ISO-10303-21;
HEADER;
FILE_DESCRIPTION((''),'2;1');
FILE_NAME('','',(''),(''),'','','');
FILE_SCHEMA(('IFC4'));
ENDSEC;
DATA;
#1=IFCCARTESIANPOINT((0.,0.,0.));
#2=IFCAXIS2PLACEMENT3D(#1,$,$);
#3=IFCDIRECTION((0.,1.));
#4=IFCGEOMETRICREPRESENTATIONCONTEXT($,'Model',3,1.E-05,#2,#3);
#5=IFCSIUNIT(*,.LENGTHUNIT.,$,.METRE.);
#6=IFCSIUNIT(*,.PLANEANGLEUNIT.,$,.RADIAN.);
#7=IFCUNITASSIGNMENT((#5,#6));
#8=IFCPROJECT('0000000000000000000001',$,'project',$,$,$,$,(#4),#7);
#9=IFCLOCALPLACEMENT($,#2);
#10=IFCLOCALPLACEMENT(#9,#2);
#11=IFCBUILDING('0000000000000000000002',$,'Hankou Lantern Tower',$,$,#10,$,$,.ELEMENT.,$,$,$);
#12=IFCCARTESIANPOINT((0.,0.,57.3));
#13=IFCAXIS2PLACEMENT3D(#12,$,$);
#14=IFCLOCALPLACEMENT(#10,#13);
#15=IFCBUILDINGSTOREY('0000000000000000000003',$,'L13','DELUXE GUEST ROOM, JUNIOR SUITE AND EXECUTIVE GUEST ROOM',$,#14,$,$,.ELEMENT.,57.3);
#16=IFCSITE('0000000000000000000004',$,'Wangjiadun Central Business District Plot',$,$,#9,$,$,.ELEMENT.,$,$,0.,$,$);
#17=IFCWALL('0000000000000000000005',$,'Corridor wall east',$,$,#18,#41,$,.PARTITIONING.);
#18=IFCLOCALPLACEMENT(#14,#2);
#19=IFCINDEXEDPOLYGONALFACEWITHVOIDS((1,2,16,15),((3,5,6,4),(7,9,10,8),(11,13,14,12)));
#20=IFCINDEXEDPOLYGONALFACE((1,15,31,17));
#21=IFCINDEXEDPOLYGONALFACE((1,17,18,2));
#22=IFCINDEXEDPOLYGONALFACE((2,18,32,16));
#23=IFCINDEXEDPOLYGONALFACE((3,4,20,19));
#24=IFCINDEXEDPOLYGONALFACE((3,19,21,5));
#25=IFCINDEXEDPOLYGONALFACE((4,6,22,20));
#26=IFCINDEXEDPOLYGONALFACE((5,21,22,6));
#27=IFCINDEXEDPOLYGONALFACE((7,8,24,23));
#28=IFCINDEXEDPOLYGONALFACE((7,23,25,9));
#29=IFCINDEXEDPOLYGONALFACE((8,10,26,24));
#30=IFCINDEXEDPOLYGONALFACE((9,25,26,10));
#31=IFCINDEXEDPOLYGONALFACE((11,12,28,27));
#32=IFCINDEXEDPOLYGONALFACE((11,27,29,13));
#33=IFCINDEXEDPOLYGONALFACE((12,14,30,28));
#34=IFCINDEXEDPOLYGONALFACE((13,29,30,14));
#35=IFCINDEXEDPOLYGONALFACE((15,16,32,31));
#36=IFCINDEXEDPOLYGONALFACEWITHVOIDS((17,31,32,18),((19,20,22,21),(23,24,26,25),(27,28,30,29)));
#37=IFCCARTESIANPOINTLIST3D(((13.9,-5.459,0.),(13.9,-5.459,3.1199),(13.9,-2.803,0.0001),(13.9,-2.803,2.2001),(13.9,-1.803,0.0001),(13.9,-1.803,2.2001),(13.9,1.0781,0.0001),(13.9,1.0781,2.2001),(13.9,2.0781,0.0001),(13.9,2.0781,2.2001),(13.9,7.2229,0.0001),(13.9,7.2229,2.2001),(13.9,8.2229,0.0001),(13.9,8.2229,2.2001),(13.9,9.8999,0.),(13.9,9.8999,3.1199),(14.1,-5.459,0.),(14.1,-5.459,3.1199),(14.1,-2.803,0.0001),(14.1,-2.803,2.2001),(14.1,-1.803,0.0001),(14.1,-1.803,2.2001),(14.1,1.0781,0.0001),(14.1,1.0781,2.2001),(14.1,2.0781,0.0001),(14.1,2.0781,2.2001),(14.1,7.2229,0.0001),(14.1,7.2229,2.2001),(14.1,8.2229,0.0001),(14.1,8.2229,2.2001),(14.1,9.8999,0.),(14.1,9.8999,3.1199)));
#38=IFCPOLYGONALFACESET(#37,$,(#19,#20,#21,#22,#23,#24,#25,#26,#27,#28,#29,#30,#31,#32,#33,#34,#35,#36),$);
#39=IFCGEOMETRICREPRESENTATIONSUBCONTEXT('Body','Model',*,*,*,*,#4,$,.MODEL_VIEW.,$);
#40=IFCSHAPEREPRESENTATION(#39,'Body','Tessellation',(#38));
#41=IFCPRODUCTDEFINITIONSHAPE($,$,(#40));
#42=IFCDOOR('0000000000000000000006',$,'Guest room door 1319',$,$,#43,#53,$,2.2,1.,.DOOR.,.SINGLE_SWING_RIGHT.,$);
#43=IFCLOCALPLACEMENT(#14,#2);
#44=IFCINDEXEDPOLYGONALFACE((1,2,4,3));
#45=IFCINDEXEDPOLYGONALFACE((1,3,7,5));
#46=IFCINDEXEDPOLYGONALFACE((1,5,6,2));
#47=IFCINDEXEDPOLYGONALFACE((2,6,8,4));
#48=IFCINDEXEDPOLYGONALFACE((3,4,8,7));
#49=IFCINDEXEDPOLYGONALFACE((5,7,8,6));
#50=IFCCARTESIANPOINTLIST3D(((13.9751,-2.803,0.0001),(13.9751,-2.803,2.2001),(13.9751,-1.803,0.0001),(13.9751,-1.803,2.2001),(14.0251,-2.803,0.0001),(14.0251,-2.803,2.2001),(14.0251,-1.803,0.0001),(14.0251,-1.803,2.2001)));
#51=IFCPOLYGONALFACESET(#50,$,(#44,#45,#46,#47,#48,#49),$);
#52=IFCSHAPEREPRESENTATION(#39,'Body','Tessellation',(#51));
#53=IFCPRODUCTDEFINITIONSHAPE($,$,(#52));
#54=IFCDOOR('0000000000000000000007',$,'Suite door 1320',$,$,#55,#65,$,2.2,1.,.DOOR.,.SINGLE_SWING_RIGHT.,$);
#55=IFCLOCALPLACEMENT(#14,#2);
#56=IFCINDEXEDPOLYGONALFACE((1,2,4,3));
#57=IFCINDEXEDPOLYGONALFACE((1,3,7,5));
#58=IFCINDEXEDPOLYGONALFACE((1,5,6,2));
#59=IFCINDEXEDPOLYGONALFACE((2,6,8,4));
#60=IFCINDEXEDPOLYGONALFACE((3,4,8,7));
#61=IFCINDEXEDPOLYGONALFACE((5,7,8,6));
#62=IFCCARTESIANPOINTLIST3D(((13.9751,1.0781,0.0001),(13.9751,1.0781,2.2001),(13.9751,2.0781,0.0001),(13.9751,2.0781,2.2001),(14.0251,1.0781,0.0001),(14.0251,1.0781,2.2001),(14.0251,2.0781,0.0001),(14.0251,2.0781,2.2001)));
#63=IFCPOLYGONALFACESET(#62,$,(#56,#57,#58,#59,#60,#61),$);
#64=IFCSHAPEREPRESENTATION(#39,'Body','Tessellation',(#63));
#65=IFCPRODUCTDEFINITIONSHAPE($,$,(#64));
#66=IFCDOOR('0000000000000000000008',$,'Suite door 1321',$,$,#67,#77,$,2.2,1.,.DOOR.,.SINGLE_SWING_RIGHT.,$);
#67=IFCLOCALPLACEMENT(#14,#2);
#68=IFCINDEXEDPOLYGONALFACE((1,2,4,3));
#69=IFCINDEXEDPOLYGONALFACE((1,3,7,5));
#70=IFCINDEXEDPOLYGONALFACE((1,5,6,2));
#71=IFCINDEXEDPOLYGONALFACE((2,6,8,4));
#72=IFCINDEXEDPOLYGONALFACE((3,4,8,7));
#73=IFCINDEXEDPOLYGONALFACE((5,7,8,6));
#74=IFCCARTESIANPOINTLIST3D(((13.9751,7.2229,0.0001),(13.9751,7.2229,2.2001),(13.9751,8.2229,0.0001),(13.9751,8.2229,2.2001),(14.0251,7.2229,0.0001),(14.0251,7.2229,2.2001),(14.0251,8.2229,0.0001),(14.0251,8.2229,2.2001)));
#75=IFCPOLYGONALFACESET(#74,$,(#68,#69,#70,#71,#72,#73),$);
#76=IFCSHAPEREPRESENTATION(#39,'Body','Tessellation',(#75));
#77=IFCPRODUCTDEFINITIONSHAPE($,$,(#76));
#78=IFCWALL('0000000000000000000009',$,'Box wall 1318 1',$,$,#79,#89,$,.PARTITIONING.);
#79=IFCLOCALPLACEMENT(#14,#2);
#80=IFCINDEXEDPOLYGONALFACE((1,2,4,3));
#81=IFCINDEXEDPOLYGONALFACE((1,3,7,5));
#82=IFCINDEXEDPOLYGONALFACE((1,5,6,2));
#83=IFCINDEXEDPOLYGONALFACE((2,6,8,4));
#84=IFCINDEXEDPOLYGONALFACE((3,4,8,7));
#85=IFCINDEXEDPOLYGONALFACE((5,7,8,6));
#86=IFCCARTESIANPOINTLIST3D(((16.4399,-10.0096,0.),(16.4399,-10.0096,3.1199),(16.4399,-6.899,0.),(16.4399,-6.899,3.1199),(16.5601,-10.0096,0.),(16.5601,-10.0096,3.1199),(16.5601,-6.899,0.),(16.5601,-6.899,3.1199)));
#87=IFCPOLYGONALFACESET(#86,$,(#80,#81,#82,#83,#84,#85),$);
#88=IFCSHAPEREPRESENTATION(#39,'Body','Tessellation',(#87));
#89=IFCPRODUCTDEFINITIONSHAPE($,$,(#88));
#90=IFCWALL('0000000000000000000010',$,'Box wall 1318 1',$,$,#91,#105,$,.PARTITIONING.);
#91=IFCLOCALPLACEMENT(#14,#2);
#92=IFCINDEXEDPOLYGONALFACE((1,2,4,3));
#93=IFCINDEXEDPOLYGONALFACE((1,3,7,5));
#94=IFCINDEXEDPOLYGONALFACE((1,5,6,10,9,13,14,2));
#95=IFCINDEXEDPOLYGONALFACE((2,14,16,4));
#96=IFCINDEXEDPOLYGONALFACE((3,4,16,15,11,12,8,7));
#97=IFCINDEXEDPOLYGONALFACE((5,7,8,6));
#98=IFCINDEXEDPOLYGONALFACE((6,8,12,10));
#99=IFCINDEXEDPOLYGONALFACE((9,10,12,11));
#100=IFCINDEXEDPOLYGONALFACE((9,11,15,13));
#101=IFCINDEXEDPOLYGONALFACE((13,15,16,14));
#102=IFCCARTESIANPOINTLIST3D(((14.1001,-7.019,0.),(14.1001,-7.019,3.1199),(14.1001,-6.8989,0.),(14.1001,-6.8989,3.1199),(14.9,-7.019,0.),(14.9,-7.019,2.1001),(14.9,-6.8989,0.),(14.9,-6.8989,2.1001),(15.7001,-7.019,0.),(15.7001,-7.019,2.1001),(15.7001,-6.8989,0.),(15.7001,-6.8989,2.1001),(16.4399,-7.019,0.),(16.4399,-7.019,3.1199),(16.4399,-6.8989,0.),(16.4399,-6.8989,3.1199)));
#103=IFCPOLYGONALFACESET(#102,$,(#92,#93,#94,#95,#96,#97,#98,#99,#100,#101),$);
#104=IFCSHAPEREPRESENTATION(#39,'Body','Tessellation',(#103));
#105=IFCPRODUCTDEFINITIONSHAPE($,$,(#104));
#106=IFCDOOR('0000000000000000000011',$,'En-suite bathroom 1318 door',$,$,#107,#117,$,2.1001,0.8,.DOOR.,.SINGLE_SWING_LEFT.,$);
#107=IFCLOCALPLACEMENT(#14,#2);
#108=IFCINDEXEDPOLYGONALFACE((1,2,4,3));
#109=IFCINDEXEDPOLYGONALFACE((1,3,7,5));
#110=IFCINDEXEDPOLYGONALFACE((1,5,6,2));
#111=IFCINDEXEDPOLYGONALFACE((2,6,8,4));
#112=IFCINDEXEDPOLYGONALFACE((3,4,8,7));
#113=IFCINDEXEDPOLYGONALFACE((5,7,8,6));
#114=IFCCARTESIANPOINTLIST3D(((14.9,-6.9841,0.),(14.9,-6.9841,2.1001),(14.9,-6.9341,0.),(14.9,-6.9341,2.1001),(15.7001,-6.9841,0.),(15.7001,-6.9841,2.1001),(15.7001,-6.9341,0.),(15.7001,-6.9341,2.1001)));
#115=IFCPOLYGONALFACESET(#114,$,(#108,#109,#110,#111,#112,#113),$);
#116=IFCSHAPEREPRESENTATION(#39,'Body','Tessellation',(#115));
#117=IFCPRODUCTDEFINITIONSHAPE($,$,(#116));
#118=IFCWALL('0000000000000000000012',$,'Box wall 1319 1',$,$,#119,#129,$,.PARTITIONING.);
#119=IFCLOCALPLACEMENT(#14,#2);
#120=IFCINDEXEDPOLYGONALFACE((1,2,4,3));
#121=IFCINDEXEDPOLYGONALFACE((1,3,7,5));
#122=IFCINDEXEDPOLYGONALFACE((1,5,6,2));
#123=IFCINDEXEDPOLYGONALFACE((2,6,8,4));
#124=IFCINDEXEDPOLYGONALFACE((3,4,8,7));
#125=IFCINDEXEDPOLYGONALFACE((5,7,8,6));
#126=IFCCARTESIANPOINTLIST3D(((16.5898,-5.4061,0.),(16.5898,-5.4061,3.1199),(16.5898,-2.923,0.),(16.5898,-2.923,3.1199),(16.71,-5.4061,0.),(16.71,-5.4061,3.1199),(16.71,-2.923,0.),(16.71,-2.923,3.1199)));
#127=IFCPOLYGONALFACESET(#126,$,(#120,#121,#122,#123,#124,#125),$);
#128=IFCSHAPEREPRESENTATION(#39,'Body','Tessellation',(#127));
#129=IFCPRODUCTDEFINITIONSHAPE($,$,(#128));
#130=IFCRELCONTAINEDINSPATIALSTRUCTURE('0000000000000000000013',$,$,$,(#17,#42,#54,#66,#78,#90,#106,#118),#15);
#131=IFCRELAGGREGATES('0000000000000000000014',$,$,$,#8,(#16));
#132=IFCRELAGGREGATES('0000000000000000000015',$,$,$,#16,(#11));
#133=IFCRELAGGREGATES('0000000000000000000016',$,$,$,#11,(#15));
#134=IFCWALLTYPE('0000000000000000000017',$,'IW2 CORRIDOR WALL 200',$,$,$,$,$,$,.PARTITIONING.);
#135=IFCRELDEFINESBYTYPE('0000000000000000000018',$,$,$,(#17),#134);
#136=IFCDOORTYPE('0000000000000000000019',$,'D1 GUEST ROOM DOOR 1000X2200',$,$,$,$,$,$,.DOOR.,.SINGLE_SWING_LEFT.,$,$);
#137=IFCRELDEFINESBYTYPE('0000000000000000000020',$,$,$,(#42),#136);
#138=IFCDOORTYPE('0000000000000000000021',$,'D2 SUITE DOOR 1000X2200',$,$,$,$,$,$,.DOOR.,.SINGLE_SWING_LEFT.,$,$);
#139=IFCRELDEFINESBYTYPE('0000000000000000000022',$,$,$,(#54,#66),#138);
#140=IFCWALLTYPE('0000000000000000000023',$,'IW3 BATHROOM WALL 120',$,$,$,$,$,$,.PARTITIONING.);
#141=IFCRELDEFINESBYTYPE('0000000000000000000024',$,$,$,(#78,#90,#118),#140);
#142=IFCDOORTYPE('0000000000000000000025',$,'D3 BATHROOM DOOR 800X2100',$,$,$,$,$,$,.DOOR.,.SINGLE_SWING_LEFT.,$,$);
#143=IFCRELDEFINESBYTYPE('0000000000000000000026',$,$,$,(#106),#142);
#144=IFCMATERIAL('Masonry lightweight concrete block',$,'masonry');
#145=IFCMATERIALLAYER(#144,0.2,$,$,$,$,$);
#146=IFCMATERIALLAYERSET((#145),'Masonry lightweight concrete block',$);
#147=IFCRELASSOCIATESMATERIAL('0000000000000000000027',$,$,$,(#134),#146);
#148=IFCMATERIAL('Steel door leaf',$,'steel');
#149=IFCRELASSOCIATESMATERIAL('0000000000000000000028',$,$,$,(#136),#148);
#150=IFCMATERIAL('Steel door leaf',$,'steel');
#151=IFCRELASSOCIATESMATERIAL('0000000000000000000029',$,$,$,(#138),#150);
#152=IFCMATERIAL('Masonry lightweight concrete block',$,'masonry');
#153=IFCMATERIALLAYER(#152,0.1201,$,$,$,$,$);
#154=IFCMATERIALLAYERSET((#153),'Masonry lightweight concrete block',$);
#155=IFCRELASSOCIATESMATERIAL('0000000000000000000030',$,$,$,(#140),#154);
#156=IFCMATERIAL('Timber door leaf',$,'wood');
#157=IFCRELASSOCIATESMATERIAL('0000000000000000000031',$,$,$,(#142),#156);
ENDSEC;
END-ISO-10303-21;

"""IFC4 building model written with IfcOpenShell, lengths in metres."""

from ifc_helpers import new_model, si_unit, direction, frame, frame_2d, origin, place, context, subcontext, project, spatial, rectangle, extrude, material, layer, layer_set, type_object, element, fill, save


model = new_model("IFC4")

# Units and contexts
model_context = context("Model", 3, precision=1e-05, world=origin(), true_north=direction((0.0, 1.0)))
body_context = subcontext(model_context, "Body", "Model", "MODEL_VIEW")
ifc_project = project(units=[si_unit("LENGTHUNIT", "METRE"), si_unit("PLANEANGLEUNIT", "RADIAN")], contexts=[model_context])

# Site, building, storey
site_placement = place(None, origin())
site = spatial("IfcSite", under=ifc_project, at=site_placement, Name="Wangjiadun Central Business District Plot", CompositionType="ELEMENT", RefElevation=0.0)
building_placement = place(site_placement, origin())
building = spatial("IfcBuilding", under=site, at=building_placement, Name="Hankou Lantern Tower", CompositionType="ELEMENT")
storey_placement = place(building_placement, frame((0.0, 0.0, 57.3)))
storey = spatial("IfcBuildingStorey", under=building, at=storey_placement, Name="L13", Description="DELUXE GUEST ROOM, JUNIOR SUITE AND EXECUTIVE GUEST ROOM", CompositionType="ELEMENT", Elevation=57.3)

# Shared definitions
ifc_material_1 = material(Name="Masonry lightweight concrete block", Category="masonry")
ifc_layer_1 = layer(ifc_material_1, 0.2)
ifc_layer_set_1 = layer_set([ifc_layer_1], Name="Masonry lightweight concrete block")
wall_type_1 = type_object("IfcWallType", Name="IW2 CORRIDOR WALL 200", PredefinedType="PARTITIONING", material=ifc_layer_set_1)
ifc_material_2 = material(Name="Steel door leaf", Category="steel")
door_type_1 = type_object("IfcDoorType", Name="D1 GUEST ROOM DOOR 1000X2200", OperationType="SINGLE_SWING_LEFT", PredefinedType="DOOR", material=ifc_material_2)

# Wall, openings, doors
wall_1_placement = place(storey_placement, frame((14.0, -5.459, 0.0), z_axis=(0.0, 0.0, 1.0), x_axis=(0.0, 1.0, 0.0)))
wall_1 = element("IfcWall", 1, at=wall_1_placement, inside=storey, type_object=wall_type_1, Name="Corridor wall east", PredefinedType="PARTITIONING", context=body_context, shape_type="SweptSolid", body=[
    extrude(rectangle(XDim=15.3589, YDim=0.2, at=frame_2d((7.6794, 0.0))), origin(), (0.0, 0.0, 1.0), 3.1199),
])
opening_1_placement = place(wall_1_placement, frame((2.656, 0.0, 0.0)))
opening_1 = element("IfcOpeningElement", 2, at=opening_1_placement, cuts=wall_1, PredefinedType="OPENING", context=body_context, shape_type="SweptSolid", body=[
    extrude(rectangle(XDim=1.0, YDim=2.2, at=frame_2d((0.5, 1.1001))), frame((0.0, 0.1099, 0.0), z_axis=(0.0, -1.0, 0.0), x_axis=(1.0, 0.0, 0.0)), (0.0, 0.0, 1.0), 0.22),
])
opening_2_placement = place(wall_1_placement, frame((6.5371, 0.0, 0.0)))
opening_2 = element("IfcOpeningElement", 3, at=opening_2_placement, cuts=wall_1, PredefinedType="OPENING", context=body_context, shape_type="SweptSolid", body=[
    extrude(rectangle(XDim=1.0, YDim=2.2, at=frame_2d((0.5, 1.1001))), frame((0.0, 0.1099, 0.0), z_axis=(0.0, -1.0, 0.0), x_axis=(1.0, 0.0, 0.0)), (0.0, 0.0, 1.0), 0.22),
])
opening_3_placement = place(wall_1_placement, frame((12.6819, 0.0, 0.0)))
opening_3 = element("IfcOpeningElement", 4, at=opening_3_placement, cuts=wall_1, PredefinedType="OPENING", context=body_context, shape_type="SweptSolid", body=[
    extrude(rectangle(XDim=1.0, YDim=2.2, at=frame_2d((0.5, 1.1001))), frame((0.0, 0.1099, 0.0), z_axis=(0.0, -1.0, 0.0), x_axis=(1.0, 0.0, 0.0)), (0.0, 0.0, 1.0), 0.22),
])
door_1_placement = place(opening_1_placement, origin())
door_1 = element("IfcDoor", 5, at=door_1_placement, inside=storey, type_object=door_type_1, Name="Guest room door 1319", OperationType="SINGLE_SWING_RIGHT", OverallHeight=2.2, OverallWidth=1.0, PredefinedType="DOOR", context=body_context, shape_type="SweptSolid", body=[
    extrude(rectangle(XDim=1.0, YDim=2.2, at=frame_2d((0.5, 1.1001))), frame((0.0, 0.0249, 0.0), z_axis=(0.0, -1.0, 0.0), x_axis=(1.0, 0.0, 0.0)), (0.0, 0.0, 1.0), 0.05),
])
fill(opening_1, door_1)
ifc_material_3 = material(Name="Steel door leaf", Category="steel")
door_type_2 = type_object("IfcDoorType", Name="D2 SUITE DOOR 1000X2200", OperationType="SINGLE_SWING_LEFT", PredefinedType="DOOR", material=ifc_material_3)
door_2_placement = place(opening_2_placement, origin())
door_2 = element("IfcDoor", 6, at=door_2_placement, inside=storey, type_object=door_type_2, Name="Suite door 1320", OperationType="SINGLE_SWING_RIGHT", OverallHeight=2.2, OverallWidth=1.0, PredefinedType="DOOR", context=body_context, shape_type="SweptSolid", body=[
    extrude(rectangle(XDim=1.0, YDim=2.2, at=frame_2d((0.5, 1.1001))), frame((0.0, 0.0249, 0.0), z_axis=(0.0, -1.0, 0.0), x_axis=(1.0, 0.0, 0.0)), (0.0, 0.0, 1.0), 0.05),
])
fill(opening_2, door_2)
door_3_placement = place(opening_3_placement, origin())
door_3 = element("IfcDoor", 7, at=door_3_placement, inside=storey, type_object=door_type_2, Name="Suite door 1321", OperationType="SINGLE_SWING_RIGHT", OverallHeight=2.2, OverallWidth=1.0, PredefinedType="DOOR", context=body_context, shape_type="SweptSolid", body=[
    extrude(rectangle(XDim=1.0, YDim=2.2, at=frame_2d((0.5, 1.1001))), frame((0.0, 0.0249, 0.0), z_axis=(0.0, -1.0, 0.0), x_axis=(1.0, 0.0, 0.0)), (0.0, 0.0, 1.0), 0.05),
])
fill(opening_3, door_3)

# Wall
ifc_material_4 = material(Name="Masonry lightweight concrete block", Category="masonry")
ifc_layer_2 = layer(ifc_material_4, 0.1201)
ifc_layer_set_2 = layer_set([ifc_layer_2], Name="Masonry lightweight concrete block")
wall_type_2 = type_object("IfcWallType", Name="IW3 BATHROOM WALL 120", PredefinedType="PARTITIONING", material=ifc_layer_set_2)
wall_2_placement = place(storey_placement, frame((16.5, -10.0095, 0.0), z_axis=(0.0, 0.0, 1.0), x_axis=(0.0, 1.0, 0.0)))
element("IfcWall", 8, at=wall_2_placement, inside=storey, type_object=wall_type_2, Name="Box wall 1318 1", PredefinedType="PARTITIONING", context=body_context, shape_type="SweptSolid", body=[
    extrude(rectangle(XDim=3.1106, YDim=0.1201, at=frame_2d((1.5552, 0.0))), origin(), (0.0, 0.0, 1.0), 3.1199),
])

# Wall, opening, door
wall_3_placement = place(storey_placement, frame((14.1001, -6.959, 0.0), z_axis=(0.0, 0.0, 1.0), x_axis=(1.0, 0.0, 0.0)))
wall_3 = element("IfcWall", 9, at=wall_3_placement, inside=storey, type_object=wall_type_2, Name="Box wall 1318 1", PredefinedType="PARTITIONING", context=body_context, shape_type="SweptSolid", body=[
    extrude(rectangle(XDim=2.3398, YDim=0.1201, at=frame_2d((1.1699, 0.0))), origin(), (0.0, 0.0, 1.0), 3.1199),
])
opening_4_placement = place(wall_3_placement, frame((0.8, 0.0, 0.0)))
opening_4 = element("IfcOpeningElement", 10, at=opening_4_placement, cuts=wall_3, PredefinedType="OPENING", context=body_context, shape_type="SweptSolid", body=[
    extrude(rectangle(XDim=0.8, YDim=2.1001, at=frame_2d((0.3999, 1.05))), frame((0.0, 0.0701, 0.0), z_axis=(0.0, -1.0, 0.0), x_axis=(1.0, 0.0, 0.0)), (0.0, 0.0, 1.0), 0.1401),
])
ifc_material_5 = material(Name="Timber door leaf", Category="wood")
door_type_3 = type_object("IfcDoorType", Name="D3 BATHROOM DOOR 800X2100", OperationType="SINGLE_SWING_LEFT", PredefinedType="DOOR", material=ifc_material_5)
door_4_placement = place(opening_4_placement, origin())
door_4 = element("IfcDoor", 11, at=door_4_placement, inside=storey, type_object=door_type_3, Name="En-suite bathroom 1318 door", OperationType="SINGLE_SWING_LEFT", OverallHeight=2.1001, OverallWidth=0.8, PredefinedType="DOOR", context=body_context, shape_type="SweptSolid", body=[
    extrude(rectangle(XDim=0.8, YDim=2.1001, at=frame_2d((0.3999, 1.05))), frame((0.0, 0.0249, 0.0), z_axis=(0.0, -1.0, 0.0), x_axis=(1.0, 0.0, 0.0)), (0.0, 0.0, 1.0), 0.05),
])
fill(opening_4, door_4)

# Wall
wall_4_placement = place(storey_placement, frame((16.6499, -5.4062, 0.0), z_axis=(0.0, 0.0, 1.0), x_axis=(0.0, 1.0, 0.0)))
element("IfcWall", 12, at=wall_4_placement, inside=storey, type_object=wall_type_2, Name="Box wall 1319 1", PredefinedType="PARTITIONING", context=body_context, shape_type="SweptSolid", body=[
    extrude(rectangle(XDim=2.4832, YDim=0.1201, at=frame_2d((1.2417, 0.0))), origin(), (0.0, 0.0, 1.0), 3.1199),
])

save(model, "model.ifc")
